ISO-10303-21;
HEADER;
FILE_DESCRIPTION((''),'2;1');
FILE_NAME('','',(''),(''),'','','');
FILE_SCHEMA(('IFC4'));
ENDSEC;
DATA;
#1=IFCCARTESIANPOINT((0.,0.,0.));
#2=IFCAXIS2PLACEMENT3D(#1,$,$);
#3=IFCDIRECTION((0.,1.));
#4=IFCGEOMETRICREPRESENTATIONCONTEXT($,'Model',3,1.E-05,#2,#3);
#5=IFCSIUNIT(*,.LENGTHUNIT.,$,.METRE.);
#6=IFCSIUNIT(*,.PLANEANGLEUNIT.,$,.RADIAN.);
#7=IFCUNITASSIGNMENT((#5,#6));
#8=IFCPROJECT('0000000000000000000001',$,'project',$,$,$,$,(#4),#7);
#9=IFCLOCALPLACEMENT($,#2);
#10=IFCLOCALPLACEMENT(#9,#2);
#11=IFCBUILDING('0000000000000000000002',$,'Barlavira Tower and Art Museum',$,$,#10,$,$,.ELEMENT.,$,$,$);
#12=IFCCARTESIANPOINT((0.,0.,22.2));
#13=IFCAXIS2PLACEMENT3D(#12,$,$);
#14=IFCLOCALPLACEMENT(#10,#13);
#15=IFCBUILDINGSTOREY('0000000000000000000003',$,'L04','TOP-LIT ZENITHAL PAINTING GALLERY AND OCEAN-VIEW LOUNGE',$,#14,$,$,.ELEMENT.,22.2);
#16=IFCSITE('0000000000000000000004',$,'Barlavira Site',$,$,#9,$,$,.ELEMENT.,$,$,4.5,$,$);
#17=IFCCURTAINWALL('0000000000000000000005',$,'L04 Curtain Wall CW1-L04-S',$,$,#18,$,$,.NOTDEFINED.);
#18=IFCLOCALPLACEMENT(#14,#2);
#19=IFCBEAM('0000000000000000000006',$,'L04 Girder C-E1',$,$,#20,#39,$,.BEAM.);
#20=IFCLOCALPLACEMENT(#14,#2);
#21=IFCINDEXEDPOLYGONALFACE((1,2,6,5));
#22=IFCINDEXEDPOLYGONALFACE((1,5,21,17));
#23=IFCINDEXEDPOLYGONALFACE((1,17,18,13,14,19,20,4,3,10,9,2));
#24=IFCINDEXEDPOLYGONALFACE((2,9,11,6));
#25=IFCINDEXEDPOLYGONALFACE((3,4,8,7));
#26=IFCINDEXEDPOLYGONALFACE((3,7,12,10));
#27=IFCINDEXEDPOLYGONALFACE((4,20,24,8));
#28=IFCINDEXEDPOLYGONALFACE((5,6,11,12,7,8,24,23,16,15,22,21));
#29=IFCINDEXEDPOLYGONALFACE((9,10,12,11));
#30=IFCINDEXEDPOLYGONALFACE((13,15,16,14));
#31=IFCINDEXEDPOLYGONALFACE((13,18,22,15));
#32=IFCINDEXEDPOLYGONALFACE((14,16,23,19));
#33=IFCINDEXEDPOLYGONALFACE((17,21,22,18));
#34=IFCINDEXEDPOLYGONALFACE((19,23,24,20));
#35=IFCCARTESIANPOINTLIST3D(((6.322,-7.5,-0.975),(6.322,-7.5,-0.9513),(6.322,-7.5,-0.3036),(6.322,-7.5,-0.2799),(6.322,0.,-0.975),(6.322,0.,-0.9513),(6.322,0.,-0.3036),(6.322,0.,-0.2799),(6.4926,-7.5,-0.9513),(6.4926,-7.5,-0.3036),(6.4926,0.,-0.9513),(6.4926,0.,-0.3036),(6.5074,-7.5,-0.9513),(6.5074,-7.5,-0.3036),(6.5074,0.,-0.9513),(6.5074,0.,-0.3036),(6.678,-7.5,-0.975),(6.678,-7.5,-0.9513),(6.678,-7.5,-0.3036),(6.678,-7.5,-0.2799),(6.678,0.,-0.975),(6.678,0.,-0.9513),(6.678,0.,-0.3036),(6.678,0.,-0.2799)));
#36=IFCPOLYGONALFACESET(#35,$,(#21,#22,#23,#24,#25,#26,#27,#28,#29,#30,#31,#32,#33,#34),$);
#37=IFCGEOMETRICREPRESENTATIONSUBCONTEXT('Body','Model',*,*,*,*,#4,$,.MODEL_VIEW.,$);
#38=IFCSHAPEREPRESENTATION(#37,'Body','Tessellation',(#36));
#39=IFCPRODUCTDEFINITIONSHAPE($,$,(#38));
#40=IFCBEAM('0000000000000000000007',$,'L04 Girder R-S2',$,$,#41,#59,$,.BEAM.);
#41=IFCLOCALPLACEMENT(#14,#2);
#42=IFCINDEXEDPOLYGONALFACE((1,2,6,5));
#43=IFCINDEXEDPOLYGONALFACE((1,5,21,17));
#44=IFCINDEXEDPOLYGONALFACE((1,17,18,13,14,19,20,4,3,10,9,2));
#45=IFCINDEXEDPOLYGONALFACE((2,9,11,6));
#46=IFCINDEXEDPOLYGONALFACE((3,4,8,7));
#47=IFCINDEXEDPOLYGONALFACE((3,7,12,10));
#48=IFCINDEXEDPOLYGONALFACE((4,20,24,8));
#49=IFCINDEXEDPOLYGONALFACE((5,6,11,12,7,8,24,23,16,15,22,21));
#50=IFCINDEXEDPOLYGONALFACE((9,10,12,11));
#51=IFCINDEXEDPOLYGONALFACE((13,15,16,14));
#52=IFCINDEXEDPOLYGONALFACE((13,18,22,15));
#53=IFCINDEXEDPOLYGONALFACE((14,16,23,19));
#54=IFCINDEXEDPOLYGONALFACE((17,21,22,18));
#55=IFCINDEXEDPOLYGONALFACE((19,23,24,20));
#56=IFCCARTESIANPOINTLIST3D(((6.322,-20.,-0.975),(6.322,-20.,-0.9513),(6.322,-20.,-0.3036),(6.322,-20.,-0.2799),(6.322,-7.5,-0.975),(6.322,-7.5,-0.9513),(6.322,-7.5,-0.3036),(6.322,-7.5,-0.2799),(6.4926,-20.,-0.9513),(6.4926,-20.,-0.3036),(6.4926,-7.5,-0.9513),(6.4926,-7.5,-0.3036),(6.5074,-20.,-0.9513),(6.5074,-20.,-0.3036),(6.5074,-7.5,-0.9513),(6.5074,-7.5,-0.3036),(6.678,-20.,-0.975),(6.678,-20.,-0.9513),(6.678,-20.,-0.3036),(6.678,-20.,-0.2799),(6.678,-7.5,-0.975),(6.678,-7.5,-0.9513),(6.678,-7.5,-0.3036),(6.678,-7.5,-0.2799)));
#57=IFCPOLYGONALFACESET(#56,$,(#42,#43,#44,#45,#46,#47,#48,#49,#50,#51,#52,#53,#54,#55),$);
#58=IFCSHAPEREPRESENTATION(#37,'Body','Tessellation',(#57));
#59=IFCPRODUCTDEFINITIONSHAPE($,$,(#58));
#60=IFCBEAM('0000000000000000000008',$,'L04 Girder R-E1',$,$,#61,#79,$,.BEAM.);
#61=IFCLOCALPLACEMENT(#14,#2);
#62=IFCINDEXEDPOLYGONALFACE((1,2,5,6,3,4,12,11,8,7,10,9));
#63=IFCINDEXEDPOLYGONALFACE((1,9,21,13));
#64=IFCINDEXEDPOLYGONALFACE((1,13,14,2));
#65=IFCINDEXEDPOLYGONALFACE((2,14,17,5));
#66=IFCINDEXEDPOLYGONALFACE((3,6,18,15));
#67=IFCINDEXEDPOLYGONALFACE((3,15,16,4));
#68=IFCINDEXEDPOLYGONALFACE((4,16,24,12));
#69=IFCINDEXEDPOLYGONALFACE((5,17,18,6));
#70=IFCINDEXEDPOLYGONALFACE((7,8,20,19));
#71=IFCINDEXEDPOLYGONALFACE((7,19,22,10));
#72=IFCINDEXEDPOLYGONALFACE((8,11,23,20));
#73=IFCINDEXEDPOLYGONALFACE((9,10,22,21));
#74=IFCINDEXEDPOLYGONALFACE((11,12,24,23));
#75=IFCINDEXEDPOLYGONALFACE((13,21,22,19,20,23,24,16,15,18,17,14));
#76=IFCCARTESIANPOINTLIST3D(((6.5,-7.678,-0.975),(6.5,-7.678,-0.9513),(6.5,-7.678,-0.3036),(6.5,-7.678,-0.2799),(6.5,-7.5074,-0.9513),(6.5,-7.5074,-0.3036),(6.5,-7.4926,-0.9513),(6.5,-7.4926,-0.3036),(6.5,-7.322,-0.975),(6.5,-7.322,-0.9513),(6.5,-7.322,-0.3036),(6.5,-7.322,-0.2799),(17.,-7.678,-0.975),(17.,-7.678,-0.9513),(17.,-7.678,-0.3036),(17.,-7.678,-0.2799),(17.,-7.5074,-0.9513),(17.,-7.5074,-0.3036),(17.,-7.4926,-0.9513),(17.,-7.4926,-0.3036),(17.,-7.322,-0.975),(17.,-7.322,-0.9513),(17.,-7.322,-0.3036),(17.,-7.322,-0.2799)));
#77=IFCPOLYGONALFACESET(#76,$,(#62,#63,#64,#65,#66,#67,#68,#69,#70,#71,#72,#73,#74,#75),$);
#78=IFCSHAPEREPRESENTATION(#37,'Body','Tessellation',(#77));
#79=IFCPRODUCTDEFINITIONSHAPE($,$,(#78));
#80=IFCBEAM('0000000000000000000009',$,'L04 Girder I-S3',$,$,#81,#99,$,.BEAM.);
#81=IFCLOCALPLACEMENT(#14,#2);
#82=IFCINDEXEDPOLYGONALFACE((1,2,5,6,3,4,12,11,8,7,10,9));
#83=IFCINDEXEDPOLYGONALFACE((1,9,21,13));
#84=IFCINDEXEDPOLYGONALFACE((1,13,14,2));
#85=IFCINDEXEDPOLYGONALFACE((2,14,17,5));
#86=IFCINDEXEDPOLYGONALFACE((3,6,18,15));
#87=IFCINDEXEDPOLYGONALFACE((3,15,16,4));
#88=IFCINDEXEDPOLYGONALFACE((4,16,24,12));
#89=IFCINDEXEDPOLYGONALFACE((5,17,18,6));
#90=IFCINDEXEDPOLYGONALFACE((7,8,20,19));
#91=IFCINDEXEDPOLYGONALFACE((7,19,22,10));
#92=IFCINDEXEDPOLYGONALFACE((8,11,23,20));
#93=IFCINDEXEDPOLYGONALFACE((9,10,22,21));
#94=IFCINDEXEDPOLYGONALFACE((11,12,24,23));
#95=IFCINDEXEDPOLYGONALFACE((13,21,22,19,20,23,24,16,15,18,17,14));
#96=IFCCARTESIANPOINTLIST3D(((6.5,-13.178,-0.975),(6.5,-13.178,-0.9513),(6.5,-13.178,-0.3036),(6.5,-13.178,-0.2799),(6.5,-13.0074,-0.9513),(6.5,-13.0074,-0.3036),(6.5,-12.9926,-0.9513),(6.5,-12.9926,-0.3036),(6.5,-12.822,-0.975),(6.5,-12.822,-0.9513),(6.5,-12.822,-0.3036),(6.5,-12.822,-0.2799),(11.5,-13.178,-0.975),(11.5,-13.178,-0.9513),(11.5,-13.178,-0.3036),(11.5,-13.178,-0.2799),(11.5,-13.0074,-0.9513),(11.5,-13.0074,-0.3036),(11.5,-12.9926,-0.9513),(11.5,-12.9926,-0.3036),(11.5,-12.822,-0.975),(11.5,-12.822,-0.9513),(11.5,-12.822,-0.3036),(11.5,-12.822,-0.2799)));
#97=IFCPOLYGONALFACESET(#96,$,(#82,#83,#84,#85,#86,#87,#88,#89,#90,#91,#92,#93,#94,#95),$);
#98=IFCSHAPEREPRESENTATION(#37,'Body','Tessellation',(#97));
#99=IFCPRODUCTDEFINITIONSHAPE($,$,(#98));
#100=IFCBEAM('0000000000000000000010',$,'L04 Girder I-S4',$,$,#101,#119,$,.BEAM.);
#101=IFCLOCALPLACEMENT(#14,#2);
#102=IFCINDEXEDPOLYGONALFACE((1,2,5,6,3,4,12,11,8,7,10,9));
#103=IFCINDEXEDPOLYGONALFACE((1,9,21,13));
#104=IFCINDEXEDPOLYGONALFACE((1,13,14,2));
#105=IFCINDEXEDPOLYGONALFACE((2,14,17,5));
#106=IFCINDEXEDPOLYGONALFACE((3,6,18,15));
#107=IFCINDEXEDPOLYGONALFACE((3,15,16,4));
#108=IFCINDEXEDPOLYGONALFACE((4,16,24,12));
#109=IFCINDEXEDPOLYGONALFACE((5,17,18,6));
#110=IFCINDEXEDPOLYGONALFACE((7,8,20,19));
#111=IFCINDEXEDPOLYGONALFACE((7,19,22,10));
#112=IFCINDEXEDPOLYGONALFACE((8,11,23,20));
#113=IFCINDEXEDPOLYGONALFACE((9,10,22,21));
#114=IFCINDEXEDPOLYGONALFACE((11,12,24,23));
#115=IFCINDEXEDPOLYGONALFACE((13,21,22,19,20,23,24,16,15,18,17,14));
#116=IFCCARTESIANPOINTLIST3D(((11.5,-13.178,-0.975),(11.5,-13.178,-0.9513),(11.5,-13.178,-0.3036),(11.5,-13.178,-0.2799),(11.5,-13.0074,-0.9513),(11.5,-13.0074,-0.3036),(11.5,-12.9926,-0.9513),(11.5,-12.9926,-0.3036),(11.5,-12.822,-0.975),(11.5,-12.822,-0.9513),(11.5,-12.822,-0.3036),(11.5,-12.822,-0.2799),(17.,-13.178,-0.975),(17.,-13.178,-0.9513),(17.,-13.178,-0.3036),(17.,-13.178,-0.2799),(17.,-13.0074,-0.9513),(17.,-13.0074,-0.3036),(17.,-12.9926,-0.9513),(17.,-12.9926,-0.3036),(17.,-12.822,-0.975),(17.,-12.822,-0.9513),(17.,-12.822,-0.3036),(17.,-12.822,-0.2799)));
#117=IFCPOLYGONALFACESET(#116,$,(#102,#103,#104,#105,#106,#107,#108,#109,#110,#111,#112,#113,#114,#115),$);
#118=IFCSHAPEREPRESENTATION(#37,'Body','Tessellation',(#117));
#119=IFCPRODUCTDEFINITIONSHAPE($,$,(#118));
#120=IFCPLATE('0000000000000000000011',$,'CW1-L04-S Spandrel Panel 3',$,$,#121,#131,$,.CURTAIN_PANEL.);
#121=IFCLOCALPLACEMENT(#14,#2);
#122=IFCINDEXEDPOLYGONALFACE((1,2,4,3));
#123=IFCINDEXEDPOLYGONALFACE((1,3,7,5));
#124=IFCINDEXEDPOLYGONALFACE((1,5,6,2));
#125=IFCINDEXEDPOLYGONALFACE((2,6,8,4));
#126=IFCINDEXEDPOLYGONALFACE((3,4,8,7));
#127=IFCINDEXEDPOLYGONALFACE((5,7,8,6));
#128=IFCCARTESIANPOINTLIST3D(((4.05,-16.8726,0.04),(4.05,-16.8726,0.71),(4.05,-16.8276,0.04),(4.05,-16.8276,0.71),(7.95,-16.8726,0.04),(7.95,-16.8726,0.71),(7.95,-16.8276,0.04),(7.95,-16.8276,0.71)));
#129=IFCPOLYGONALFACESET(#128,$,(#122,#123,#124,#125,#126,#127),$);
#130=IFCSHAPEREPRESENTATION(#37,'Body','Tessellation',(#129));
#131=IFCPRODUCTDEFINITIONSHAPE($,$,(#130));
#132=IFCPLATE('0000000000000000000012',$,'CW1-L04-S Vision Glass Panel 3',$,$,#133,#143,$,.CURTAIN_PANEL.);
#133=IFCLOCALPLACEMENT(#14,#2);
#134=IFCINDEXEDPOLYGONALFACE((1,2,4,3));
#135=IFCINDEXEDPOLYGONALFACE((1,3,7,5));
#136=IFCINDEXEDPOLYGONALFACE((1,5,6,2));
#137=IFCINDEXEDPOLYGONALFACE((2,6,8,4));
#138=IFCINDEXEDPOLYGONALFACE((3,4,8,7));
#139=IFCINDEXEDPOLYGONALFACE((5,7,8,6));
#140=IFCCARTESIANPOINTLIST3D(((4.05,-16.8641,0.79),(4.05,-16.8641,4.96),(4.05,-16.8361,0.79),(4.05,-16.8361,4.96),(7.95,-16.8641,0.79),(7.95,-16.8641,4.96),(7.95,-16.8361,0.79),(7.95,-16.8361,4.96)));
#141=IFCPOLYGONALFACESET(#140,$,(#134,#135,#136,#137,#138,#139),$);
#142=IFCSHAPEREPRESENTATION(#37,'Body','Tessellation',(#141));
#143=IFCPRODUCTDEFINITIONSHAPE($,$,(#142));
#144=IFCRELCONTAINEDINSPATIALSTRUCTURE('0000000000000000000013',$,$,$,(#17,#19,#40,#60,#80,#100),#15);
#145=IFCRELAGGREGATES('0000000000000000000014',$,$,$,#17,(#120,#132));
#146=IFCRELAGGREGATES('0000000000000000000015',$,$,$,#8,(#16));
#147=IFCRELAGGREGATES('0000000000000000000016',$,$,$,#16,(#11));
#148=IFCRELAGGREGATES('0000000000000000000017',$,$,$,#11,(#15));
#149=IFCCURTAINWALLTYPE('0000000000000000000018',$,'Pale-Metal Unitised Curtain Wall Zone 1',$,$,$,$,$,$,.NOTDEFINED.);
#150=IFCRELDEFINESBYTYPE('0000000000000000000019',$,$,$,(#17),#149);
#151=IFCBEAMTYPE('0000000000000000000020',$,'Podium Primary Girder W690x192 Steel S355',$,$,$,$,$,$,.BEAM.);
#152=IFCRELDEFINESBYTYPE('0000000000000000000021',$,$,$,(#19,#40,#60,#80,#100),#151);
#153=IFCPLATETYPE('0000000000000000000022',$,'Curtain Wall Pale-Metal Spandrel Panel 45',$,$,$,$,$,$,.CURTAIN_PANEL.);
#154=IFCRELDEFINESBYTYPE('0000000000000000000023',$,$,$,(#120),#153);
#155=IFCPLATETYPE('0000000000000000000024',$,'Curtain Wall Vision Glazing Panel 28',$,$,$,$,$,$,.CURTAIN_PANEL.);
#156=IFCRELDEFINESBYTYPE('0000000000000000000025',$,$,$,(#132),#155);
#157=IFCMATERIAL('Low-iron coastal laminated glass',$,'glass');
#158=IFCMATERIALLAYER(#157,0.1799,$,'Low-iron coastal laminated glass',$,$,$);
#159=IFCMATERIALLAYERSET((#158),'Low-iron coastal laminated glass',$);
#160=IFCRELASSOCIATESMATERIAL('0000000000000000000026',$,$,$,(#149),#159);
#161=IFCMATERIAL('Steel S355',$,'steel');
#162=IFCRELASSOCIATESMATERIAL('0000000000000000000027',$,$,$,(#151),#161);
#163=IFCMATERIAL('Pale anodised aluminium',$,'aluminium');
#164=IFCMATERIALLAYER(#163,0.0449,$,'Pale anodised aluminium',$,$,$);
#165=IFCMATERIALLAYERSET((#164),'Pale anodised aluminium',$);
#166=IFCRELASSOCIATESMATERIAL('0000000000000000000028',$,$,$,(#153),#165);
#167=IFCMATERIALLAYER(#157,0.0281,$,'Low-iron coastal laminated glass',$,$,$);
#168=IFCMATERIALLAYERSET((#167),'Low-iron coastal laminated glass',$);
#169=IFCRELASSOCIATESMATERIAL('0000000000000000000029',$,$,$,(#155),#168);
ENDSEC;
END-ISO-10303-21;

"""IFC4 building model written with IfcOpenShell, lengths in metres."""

from ifc_helpers import new_model, si_unit, direction, frame, origin, origin_2d, place, context, subcontext, project, spatial, rectangle, i_section, extrude, material, layer, layer_set, material_profile, profile_set, type_object, element, aggregate, save


model = new_model("IFC4")

# Units and contexts
model_context = context("Model", 3, precision=1e-05, world=origin(), true_north=direction((0.0, 1.0)))
body_context = subcontext(model_context, "Body", "Model", "MODEL_VIEW")
ifc_project = project(units=[si_unit("LENGTHUNIT", "METRE"), si_unit("PLANEANGLEUNIT", "RADIAN")], contexts=[model_context])

# Site, building, storey
site_placement = place(None, origin())
site = spatial("IfcSite", under=ifc_project, at=site_placement, Name="Barlavira Site", CompositionType="ELEMENT", RefElevation=4.5)
building_placement = place(site_placement, origin())
building = spatial("IfcBuilding", under=site, at=building_placement, Name="Barlavira Tower and Art Museum", CompositionType="ELEMENT")
storey_placement = place(building_placement, frame((0.0, 0.0, 22.2)))
storey = spatial("IfcBuildingStorey", under=building, at=storey_placement, Name="L04", Description="TOP-LIT ZENITHAL PAINTING GALLERY AND OCEAN-VIEW LOUNGE", CompositionType="ELEMENT", Elevation=22.2)

# Shared definitions
ifc_material_1 = material(Name="Steel S355", Category="steel")

# Curtain wall
ifc_material_2 = material(Name="Low-iron coastal laminated glass", Category="glass")
ifc_layer_1 = layer(ifc_material_2, 0.1799, Name="Low-iron coastal laminated glass")
ifc_layer_set_1 = layer_set([ifc_layer_1], Name="Low-iron coastal laminated glass")
curtain_wall_type = type_object("IfcCurtainWallType", Name="Pale-Metal Unitised Curtain Wall Zone 1", PredefinedType="NOTDEFINED", material=ifc_layer_set_1)
curtain_wall_placement = place(storey_placement, origin())
curtain_wall = element("IfcCurtainWall", 1, at=curtain_wall_placement, inside=storey, type_object=curtain_wall_type, Name="L04 Curtain Wall CW1-L04-S", PredefinedType="NOTDEFINED")
ifc_material_3 = material(Name="Pale anodised aluminium", Category="aluminium")

# Beams
ifc_material_profile_1 = material_profile(ifc_material_1, i_section(OverallWidth=0.356, OverallDepth=0.6951, WebThickness=0.0149, FlangeThickness=0.0237, at=origin_2d()), Name="W690x192.0")
ifc_profile_set_1 = profile_set([ifc_material_profile_1], Name="Steel S355")
beam_type_1 = type_object("IfcBeamType", Name="Podium Primary Girder W690x192 Steel S355", PredefinedType="BEAM", material=ifc_profile_set_1)
beam_1_placement = place(storey_placement, frame((6.5, -7.5, -0.6274), z_axis=(0.0, 1.0, 0.0), x_axis=(-1.0, 0.0, 0.0)))
element("IfcBeam", 2, at=beam_1_placement, inside=storey, type_object=beam_type_1, Name="L04 Girder C-E1", PredefinedType="BEAM", context=body_context, shape_type="SweptSolid", body=[
    extrude(i_section(OverallWidth=0.356, OverallDepth=0.6951, WebThickness=0.0149, FlangeThickness=0.0237, at=origin_2d()), origin(), (0.0, 0.0, 1.0), 7.5),
])
beam_2_placement = place(storey_placement, frame((6.5, -20.0, -0.6274), z_axis=(0.0, 1.0, 0.0), x_axis=(-1.0, 0.0, 0.0)))
element("IfcBeam", 3, at=beam_2_placement, inside=storey, type_object=beam_type_1, Name="L04 Girder R-S2", PredefinedType="BEAM", context=body_context, shape_type="SweptSolid", body=[
    extrude(i_section(OverallWidth=0.356, OverallDepth=0.6951, WebThickness=0.0149, FlangeThickness=0.0237, at=origin_2d()), origin(), (0.0, 0.0, 1.0), 12.5),
])
beam_3_placement = place(storey_placement, frame((6.5, -7.5, -0.6274), z_axis=(1.0, 0.0, 0.0), x_axis=(0.0, 1.0, 0.0)))
element("IfcBeam", 4, at=beam_3_placement, inside=storey, type_object=beam_type_1, Name="L04 Girder R-E1", PredefinedType="BEAM", context=body_context, shape_type="SweptSolid", body=[
    extrude(i_section(OverallWidth=0.356, OverallDepth=0.6951, WebThickness=0.0149, FlangeThickness=0.0237, at=origin_2d()), origin(), (0.0, 0.0, 1.0), 10.5),
])
beam_4_placement = place(storey_placement, frame((6.5, -13.0, -0.6274), z_axis=(1.0, 0.0, 0.0), x_axis=(0.0, 1.0, 0.0)))
element("IfcBeam", 5, at=beam_4_placement, inside=storey, type_object=beam_type_1, Name="L04 Girder I-S3", PredefinedType="BEAM", context=body_context, shape_type="SweptSolid", body=[
    extrude(i_section(OverallWidth=0.356, OverallDepth=0.6951, WebThickness=0.0149, FlangeThickness=0.0237, at=origin_2d()), origin(), (0.0, 0.0, 1.0), 5.0),
])
beam_5_placement = place(storey_placement, frame((11.5, -13.0, -0.6274), z_axis=(1.0, 0.0, 0.0), x_axis=(0.0, 1.0, 0.0)))
element("IfcBeam", 6, at=beam_5_placement, inside=storey, type_object=beam_type_1, Name="L04 Girder I-S4", PredefinedType="BEAM", context=body_context, shape_type="SweptSolid", body=[
    extrude(i_section(OverallWidth=0.356, OverallDepth=0.6951, WebThickness=0.0149, FlangeThickness=0.0237, at=origin_2d()), origin(), (0.0, 0.0, 1.0), 5.5),
])

# Plates
ifc_layer_2 = layer(ifc_material_3, 0.0449, Name="Pale anodised aluminium")
ifc_layer_set_2 = layer_set([ifc_layer_2], Name="Pale anodised aluminium")
plate_type_1 = type_object("IfcPlateType", Name="Curtain Wall Pale-Metal Spandrel Panel 45", PredefinedType="CURTAIN_PANEL", material=ifc_layer_set_2)
plate_1_placement = place(storey_placement, frame((6.0, -16.8501, 0.04), z_axis=(0.0, 0.0, 1.0), x_axis=(1.0, 0.0, 0.0)))
plate_1 = element("IfcPlate", 7, at=plate_1_placement, type_object=plate_type_1, Name="CW1-L04-S Spandrel Panel 3", PredefinedType="CURTAIN_PANEL", context=body_context, shape_type="SweptSolid", body=[
    extrude(rectangle(XDim=3.8999, YDim=0.0449, at=origin_2d()), origin(), (0.0, 0.0, 1.0), 0.6699),
])
ifc_layer_3 = layer(ifc_material_2, 0.0281, Name="Low-iron coastal laminated glass")
ifc_layer_set_3 = layer_set([ifc_layer_3], Name="Low-iron coastal laminated glass")
plate_type_2 = type_object("IfcPlateType", Name="Curtain Wall Vision Glazing Panel 28", PredefinedType="CURTAIN_PANEL", material=ifc_layer_set_3)
plate_2_placement = place(storey_placement, frame((6.0, -16.8501, 0.79), z_axis=(0.0, 0.0, 1.0), x_axis=(1.0, 0.0, 0.0)))
plate_2 = element("IfcPlate", 8, at=plate_2_placement, type_object=plate_type_2, Name="CW1-L04-S Vision Glass Panel 3", PredefinedType="CURTAIN_PANEL", context=body_context, shape_type="SweptSolid", body=[
    extrude(rectangle(XDim=3.8999, YDim=0.0281, at=origin_2d()), origin(), (0.0, 0.0, 1.0), 4.1699),
])
aggregate(curtain_wall, [plate_1, plate_2])

save(model, "model.ifc")
